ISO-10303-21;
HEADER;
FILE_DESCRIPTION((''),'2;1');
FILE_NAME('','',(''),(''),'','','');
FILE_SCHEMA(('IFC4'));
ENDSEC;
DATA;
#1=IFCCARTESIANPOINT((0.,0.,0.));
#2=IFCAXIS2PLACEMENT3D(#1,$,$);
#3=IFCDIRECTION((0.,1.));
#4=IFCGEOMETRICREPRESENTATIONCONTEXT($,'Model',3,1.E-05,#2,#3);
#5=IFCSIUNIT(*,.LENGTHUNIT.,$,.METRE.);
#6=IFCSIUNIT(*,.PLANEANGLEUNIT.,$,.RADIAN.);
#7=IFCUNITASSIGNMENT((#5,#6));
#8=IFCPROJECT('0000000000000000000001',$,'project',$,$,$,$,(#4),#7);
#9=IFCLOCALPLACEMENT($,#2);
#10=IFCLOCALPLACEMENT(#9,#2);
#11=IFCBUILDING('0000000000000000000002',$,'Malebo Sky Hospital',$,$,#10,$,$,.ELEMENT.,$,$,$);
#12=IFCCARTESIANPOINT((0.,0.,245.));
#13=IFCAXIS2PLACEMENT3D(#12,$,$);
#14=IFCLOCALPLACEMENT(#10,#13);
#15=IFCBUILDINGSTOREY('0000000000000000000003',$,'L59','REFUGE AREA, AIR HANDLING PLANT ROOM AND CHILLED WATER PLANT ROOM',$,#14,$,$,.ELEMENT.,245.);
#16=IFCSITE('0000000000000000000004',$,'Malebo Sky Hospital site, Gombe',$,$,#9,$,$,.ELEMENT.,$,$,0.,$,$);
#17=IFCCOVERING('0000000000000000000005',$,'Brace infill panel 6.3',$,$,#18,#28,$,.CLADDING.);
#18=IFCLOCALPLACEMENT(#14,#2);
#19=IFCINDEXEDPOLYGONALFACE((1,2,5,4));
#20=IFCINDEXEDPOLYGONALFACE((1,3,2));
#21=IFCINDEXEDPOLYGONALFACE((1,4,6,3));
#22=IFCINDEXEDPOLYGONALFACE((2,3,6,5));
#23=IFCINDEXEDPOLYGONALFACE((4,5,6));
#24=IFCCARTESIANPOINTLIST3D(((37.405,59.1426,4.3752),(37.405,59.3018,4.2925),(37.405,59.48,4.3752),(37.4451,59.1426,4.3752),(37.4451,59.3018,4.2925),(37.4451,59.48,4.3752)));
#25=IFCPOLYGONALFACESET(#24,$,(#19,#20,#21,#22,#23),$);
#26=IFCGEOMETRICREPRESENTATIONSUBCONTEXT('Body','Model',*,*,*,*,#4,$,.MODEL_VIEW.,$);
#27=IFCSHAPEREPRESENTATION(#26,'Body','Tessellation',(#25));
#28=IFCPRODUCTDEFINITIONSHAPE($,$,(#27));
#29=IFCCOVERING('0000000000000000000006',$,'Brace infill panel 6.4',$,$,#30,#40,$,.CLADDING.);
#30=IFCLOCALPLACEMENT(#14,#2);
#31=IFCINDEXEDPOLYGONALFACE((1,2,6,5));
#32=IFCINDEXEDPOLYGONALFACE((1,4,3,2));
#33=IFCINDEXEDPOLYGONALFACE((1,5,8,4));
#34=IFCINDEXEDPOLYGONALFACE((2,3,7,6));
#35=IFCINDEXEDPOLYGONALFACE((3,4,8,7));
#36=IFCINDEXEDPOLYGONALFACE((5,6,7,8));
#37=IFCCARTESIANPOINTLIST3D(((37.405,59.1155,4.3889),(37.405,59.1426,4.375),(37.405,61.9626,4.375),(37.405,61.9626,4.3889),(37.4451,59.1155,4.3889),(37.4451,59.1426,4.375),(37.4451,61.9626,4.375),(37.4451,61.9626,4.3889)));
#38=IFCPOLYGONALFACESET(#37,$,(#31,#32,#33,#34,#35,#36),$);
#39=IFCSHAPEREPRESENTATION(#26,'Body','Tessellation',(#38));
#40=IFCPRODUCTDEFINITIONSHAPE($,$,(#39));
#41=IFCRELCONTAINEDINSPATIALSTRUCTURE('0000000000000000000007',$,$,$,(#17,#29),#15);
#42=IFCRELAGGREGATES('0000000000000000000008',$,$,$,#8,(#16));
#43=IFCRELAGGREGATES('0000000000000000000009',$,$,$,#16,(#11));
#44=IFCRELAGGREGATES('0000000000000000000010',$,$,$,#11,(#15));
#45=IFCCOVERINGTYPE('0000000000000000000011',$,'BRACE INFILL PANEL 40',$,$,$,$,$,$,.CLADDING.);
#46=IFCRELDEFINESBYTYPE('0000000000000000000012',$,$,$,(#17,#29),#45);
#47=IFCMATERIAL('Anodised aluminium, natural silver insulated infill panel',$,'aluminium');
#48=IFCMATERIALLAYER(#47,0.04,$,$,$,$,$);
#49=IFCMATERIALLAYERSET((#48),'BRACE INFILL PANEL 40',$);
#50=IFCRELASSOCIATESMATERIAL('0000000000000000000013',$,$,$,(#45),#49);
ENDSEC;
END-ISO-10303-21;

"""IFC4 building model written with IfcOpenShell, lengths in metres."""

from ifc_helpers import new_model, si_unit, direction, frame, origin, place, context, subcontext, project, spatial, polyline, outline, extrude, material, layer, layer_set, type_object, element, save


model = new_model("IFC4")

# Units and contexts
model_context = context("Model", 3, precision=1e-05, world=origin(), true_north=direction((0.0, 1.0)))
body_context = subcontext(model_context, "Body", "Model", "MODEL_VIEW")
ifc_project = project(units=[si_unit("LENGTHUNIT", "METRE"), si_unit("PLANEANGLEUNIT", "RADIAN")], contexts=[model_context])

# Site, building, storey
site_placement = place(None, origin())
site = spatial("IfcSite", under=ifc_project, at=site_placement, Name="Malebo Sky Hospital site, Gombe", CompositionType="ELEMENT", RefElevation=0.0)
building_placement = place(site_placement, origin())
building = spatial("IfcBuilding", under=site, at=building_placement, Name="Malebo Sky Hospital", CompositionType="ELEMENT")
storey_placement = place(building_placement, frame((0.0, 0.0, 245.0)))
storey = spatial("IfcBuildingStorey", under=building, at=storey_placement, Name="L59", Description="REFUGE AREA, AIR HANDLING PLANT ROOM AND CHILLED WATER PLANT ROOM", CompositionType="ELEMENT", Elevation=245.0)

# Coverings
ifc_material_1 = material(Name="Anodised aluminium, natural silver insulated infill panel", Category="aluminium")
ifc_layer_1 = layer(ifc_material_1, 0.04)
ifc_layer_set_1 = layer_set([ifc_layer_1], Name="BRACE INFILL PANEL 40")
covering_type = type_object("IfcCoveringType", Name="BRACE INFILL PANEL 40", PredefinedType="CLADDING", material=ifc_layer_set_1)
covering_1_placement = place(storey_placement, frame((37.425, 59.3113, 4.2925), z_axis=(0.0, 0.0, 1.0), x_axis=(0.0, 1.0, 0.0)))
element("IfcCovering", 1, at=covering_1_placement, inside=storey, type_object=covering_type, Name="Brace infill panel 6.3", PredefinedType="CLADDING", context=body_context, shape_type="SweptSolid", body=[
    extrude(outline(polyline([(-0.0095, 0.0), (0.1687, 0.0828), (-0.1687, 0.0828), (-0.0095, 0.0)])), frame((0.0, 0.02, 0.0), z_axis=(0.0, -1.0, 0.0), x_axis=(1.0, 0.0, 0.0)), (0.0, 0.0, 1.0), 0.04),
])
covering_2_placement = place(storey_placement, frame((37.425, 60.5391, 4.375), z_axis=(0.0, 0.0, 1.0), x_axis=(0.0, 1.0, 0.0)))
element("IfcCovering", 2, at=covering_2_placement, inside=storey, type_object=covering_type, Name="Brace infill panel 6.4", PredefinedType="CLADDING", context=body_context, shape_type="SweptSolid", body=[
    extrude(outline(polyline([(-1.3965, 0.0), (1.4236, 0.0), (1.4236, 0.0139), (-1.4236, 0.0139), (-1.3965, 0.0)])), frame((0.0, 0.02, 0.0), z_axis=(0.0, -1.0, 0.0), x_axis=(1.0, 0.0, 0.0)), (0.0, 0.0, 1.0), 0.04),
])

save(model, "model.ifc")
